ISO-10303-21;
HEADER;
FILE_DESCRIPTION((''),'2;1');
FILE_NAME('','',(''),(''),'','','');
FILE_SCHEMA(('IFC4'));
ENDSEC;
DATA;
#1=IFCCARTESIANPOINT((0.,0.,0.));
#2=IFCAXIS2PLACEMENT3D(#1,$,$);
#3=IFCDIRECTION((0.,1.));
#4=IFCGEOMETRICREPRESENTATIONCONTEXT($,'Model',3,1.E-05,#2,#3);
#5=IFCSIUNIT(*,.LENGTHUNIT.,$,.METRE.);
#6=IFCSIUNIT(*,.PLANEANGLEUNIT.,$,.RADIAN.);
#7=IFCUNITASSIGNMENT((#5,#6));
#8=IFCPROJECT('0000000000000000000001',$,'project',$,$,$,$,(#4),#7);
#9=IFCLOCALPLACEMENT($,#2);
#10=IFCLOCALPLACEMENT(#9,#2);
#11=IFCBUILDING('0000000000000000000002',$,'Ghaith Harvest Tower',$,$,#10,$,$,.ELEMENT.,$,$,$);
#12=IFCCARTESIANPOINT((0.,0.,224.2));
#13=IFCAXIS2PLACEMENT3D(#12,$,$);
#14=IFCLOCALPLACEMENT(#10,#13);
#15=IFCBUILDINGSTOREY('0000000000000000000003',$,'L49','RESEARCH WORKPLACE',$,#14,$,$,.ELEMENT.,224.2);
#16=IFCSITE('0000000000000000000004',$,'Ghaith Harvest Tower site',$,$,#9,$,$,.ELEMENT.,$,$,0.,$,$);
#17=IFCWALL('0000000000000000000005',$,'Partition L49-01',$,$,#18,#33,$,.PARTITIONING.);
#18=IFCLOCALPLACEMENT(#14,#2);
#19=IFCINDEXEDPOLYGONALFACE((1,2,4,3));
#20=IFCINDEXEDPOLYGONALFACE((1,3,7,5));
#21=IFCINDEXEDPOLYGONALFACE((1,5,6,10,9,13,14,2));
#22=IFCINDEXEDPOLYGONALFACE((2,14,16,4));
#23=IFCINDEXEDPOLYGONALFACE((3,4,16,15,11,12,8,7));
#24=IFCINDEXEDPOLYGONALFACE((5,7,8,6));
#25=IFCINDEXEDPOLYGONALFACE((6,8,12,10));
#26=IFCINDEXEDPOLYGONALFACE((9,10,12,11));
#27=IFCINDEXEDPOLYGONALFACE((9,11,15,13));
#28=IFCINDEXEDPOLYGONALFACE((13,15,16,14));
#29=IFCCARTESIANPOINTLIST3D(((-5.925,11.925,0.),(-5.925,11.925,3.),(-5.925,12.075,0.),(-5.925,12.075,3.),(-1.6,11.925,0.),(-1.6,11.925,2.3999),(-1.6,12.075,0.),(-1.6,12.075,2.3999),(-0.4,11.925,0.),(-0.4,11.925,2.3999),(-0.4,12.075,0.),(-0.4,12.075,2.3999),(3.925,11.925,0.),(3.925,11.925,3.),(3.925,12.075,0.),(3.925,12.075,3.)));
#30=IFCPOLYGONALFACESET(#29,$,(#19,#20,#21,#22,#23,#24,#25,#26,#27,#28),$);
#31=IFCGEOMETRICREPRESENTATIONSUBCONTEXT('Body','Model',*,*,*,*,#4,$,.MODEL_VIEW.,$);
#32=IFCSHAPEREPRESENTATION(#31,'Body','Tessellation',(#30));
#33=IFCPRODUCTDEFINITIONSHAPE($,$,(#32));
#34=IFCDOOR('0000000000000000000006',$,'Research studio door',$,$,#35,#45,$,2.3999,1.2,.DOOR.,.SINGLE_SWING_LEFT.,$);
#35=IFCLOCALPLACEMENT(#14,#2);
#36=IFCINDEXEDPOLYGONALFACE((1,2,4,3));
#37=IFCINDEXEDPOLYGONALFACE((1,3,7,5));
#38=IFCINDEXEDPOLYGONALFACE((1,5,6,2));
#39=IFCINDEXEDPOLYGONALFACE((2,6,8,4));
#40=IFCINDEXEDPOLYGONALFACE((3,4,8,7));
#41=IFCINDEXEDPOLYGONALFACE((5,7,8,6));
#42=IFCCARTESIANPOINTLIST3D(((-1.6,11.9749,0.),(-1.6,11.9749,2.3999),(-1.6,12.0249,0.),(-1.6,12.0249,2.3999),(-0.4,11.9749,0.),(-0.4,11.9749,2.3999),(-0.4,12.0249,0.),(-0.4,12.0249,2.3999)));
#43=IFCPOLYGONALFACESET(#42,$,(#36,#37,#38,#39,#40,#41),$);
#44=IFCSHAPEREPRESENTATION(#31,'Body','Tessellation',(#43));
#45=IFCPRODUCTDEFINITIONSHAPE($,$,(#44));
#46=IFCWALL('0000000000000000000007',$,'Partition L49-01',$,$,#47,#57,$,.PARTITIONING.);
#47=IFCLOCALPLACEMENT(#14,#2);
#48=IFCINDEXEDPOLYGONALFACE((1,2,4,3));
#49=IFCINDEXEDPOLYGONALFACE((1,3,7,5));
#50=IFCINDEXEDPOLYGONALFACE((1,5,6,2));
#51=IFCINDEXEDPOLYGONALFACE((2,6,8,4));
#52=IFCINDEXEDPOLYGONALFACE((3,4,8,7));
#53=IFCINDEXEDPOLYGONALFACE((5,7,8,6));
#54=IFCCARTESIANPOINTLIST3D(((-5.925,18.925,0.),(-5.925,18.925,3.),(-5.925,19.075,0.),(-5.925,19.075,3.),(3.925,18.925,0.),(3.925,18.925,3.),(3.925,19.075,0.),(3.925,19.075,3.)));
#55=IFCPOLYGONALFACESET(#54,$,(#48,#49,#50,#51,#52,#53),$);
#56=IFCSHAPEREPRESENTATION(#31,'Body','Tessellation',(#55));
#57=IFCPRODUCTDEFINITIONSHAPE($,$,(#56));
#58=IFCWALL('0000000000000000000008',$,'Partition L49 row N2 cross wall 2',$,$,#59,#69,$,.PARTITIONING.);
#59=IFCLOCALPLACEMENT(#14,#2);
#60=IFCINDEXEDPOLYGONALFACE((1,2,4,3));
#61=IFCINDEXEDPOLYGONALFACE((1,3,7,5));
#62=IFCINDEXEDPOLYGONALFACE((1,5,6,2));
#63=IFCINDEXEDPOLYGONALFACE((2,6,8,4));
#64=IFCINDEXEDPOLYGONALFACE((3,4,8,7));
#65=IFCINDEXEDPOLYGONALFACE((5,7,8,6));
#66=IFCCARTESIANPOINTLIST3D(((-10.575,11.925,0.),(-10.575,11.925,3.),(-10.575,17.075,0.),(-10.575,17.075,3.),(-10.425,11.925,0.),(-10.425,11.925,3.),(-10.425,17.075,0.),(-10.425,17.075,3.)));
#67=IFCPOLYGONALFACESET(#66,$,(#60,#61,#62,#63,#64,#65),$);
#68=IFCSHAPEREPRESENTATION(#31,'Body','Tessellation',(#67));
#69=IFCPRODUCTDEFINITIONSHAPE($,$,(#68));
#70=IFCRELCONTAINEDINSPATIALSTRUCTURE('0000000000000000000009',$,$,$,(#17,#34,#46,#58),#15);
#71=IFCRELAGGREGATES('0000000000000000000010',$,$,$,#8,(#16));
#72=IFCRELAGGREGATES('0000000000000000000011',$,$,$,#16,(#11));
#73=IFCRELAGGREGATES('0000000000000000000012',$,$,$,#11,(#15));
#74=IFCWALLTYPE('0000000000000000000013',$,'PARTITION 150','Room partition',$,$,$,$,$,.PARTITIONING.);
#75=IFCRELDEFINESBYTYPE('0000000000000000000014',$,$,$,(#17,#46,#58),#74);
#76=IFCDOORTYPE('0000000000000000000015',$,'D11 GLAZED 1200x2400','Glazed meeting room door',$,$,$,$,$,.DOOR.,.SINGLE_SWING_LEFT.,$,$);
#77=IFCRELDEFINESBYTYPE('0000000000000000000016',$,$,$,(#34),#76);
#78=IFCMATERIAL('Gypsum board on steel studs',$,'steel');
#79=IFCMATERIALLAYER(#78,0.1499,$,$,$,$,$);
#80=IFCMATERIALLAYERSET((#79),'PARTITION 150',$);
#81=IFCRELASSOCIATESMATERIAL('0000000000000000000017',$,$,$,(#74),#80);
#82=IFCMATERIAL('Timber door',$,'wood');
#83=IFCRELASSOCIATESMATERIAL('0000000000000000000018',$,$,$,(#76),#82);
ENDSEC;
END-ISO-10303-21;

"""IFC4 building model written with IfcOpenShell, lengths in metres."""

from ifc_helpers import new_model, si_unit, direction, frame, frame_2d, origin, place, context, subcontext, project, spatial, rectangle, extrude, material, layer, layer_set, type_object, element, fill, save


model = new_model("IFC4")

# Units and contexts
model_context = context("Model", 3, precision=1e-05, world=origin(), true_north=direction((0.0, 1.0)))
body_context = subcontext(model_context, "Body", "Model", "MODEL_VIEW")
ifc_project = project(units=[si_unit("LENGTHUNIT", "METRE"), si_unit("PLANEANGLEUNIT", "RADIAN")], contexts=[model_context])

# Site, building, storey
site_placement = place(None, origin())
site = spatial("IfcSite", under=ifc_project, at=site_placement, Name="Ghaith Harvest Tower site", CompositionType="ELEMENT", RefElevation=0.0)
building_placement = place(site_placement, origin())
building = spatial("IfcBuilding", under=site, at=building_placement, Name="Ghaith Harvest Tower", CompositionType="ELEMENT")
storey_placement = place(building_placement, frame((0.0, 0.0, 224.2)))
storey = spatial("IfcBuildingStorey", under=building, at=storey_placement, Name="L49", Description="RESEARCH WORKPLACE", CompositionType="ELEMENT", Elevation=224.2)

# Shared definitions
ifc_material_1 = material(Name="Gypsum board on steel studs", Category="steel")
ifc_layer_1 = layer(ifc_material_1, 0.1499)
ifc_layer_set_1 = layer_set([ifc_layer_1], Name="PARTITION 150")
wall_type = type_object("IfcWallType", Name="PARTITION 150", Description="Room partition", PredefinedType="PARTITIONING", material=ifc_layer_set_1)

# Wall, opening, door
wall_1_placement = place(storey_placement, frame((-5.925, 12.0, 0.0), z_axis=(0.0, 0.0, 1.0), x_axis=(1.0, 0.0, 0.0)))
wall_1 = element("IfcWall", 1, at=wall_1_placement, inside=storey, type_object=wall_type, Name="Partition L49-01", PredefinedType="PARTITIONING", context=body_context, shape_type="SweptSolid", body=[
    extrude(rectangle(XDim=9.8501, YDim=0.1499, at=frame_2d((4.925, 0.0))), origin(), (0.0, 0.0, 1.0), 3.0),
])
opening_placement = place(wall_1_placement, frame((4.325, 0.0, 0.0)))
opening = element("IfcOpeningElement", 2, at=opening_placement, cuts=wall_1, PredefinedType="OPENING", context=body_context, shape_type="SweptSolid", body=[
    extrude(rectangle(XDim=1.2, YDim=2.3999, at=frame_2d((0.6001, 1.2))), frame((0.0, 0.085, 0.0), z_axis=(0.0, -1.0, 0.0), x_axis=(1.0, 0.0, 0.0)), (0.0, 0.0, 1.0), 0.1699),
])
ifc_material_2 = material(Name="Timber door", Category="wood")
door_type = type_object("IfcDoorType", Name="D11 GLAZED 1200x2400", Description="Glazed meeting room door", OperationType="SINGLE_SWING_LEFT", PredefinedType="DOOR", material=ifc_material_2)
door_placement = place(opening_placement, origin())
door = element("IfcDoor", 3, at=door_placement, inside=storey, type_object=door_type, Name="Research studio door", OperationType="SINGLE_SWING_LEFT", OverallHeight=2.3999, OverallWidth=1.2, PredefinedType="DOOR", context=body_context, shape_type="SweptSolid", body=[
    extrude(rectangle(XDim=1.2, YDim=2.3999, at=frame_2d((0.6001, 1.2))), frame((0.0, 0.0249, 0.0), z_axis=(0.0, -1.0, 0.0), x_axis=(1.0, 0.0, 0.0)), (0.0, 0.0, 1.0), 0.05),
])
fill(opening, door)

# Walls
wall_2_placement = place(storey_placement, frame((-5.925, 19.0, 0.0), z_axis=(0.0, 0.0, 1.0), x_axis=(1.0, 0.0, 0.0)))
element("IfcWall", 4, at=wall_2_placement, inside=storey, type_object=wall_type, Name="Partition L49-01", PredefinedType="PARTITIONING", context=body_context, shape_type="SweptSolid", body=[
    extrude(rectangle(XDim=9.8501, YDim=0.1499, at=frame_2d((4.925, 0.0))), origin(), (0.0, 0.0, 1.0), 3.0),
])
wall_3_placement = place(storey_placement, frame((-10.5, 11.925, 0.0), z_axis=(0.0, 0.0, 1.0), x_axis=(0.0, 1.0, 0.0)))
element("IfcWall", 5, at=wall_3_placement, inside=storey, type_object=wall_type, Name="Partition L49 row N2 cross wall 2", PredefinedType="PARTITIONING", context=body_context, shape_type="SweptSolid", body=[
    extrude(rectangle(XDim=5.1499, YDim=0.1499, at=frame_2d((2.575, 0.0))), origin(), (0.0, 0.0, 1.0), 3.0),
])

save(model, "model.ifc")
